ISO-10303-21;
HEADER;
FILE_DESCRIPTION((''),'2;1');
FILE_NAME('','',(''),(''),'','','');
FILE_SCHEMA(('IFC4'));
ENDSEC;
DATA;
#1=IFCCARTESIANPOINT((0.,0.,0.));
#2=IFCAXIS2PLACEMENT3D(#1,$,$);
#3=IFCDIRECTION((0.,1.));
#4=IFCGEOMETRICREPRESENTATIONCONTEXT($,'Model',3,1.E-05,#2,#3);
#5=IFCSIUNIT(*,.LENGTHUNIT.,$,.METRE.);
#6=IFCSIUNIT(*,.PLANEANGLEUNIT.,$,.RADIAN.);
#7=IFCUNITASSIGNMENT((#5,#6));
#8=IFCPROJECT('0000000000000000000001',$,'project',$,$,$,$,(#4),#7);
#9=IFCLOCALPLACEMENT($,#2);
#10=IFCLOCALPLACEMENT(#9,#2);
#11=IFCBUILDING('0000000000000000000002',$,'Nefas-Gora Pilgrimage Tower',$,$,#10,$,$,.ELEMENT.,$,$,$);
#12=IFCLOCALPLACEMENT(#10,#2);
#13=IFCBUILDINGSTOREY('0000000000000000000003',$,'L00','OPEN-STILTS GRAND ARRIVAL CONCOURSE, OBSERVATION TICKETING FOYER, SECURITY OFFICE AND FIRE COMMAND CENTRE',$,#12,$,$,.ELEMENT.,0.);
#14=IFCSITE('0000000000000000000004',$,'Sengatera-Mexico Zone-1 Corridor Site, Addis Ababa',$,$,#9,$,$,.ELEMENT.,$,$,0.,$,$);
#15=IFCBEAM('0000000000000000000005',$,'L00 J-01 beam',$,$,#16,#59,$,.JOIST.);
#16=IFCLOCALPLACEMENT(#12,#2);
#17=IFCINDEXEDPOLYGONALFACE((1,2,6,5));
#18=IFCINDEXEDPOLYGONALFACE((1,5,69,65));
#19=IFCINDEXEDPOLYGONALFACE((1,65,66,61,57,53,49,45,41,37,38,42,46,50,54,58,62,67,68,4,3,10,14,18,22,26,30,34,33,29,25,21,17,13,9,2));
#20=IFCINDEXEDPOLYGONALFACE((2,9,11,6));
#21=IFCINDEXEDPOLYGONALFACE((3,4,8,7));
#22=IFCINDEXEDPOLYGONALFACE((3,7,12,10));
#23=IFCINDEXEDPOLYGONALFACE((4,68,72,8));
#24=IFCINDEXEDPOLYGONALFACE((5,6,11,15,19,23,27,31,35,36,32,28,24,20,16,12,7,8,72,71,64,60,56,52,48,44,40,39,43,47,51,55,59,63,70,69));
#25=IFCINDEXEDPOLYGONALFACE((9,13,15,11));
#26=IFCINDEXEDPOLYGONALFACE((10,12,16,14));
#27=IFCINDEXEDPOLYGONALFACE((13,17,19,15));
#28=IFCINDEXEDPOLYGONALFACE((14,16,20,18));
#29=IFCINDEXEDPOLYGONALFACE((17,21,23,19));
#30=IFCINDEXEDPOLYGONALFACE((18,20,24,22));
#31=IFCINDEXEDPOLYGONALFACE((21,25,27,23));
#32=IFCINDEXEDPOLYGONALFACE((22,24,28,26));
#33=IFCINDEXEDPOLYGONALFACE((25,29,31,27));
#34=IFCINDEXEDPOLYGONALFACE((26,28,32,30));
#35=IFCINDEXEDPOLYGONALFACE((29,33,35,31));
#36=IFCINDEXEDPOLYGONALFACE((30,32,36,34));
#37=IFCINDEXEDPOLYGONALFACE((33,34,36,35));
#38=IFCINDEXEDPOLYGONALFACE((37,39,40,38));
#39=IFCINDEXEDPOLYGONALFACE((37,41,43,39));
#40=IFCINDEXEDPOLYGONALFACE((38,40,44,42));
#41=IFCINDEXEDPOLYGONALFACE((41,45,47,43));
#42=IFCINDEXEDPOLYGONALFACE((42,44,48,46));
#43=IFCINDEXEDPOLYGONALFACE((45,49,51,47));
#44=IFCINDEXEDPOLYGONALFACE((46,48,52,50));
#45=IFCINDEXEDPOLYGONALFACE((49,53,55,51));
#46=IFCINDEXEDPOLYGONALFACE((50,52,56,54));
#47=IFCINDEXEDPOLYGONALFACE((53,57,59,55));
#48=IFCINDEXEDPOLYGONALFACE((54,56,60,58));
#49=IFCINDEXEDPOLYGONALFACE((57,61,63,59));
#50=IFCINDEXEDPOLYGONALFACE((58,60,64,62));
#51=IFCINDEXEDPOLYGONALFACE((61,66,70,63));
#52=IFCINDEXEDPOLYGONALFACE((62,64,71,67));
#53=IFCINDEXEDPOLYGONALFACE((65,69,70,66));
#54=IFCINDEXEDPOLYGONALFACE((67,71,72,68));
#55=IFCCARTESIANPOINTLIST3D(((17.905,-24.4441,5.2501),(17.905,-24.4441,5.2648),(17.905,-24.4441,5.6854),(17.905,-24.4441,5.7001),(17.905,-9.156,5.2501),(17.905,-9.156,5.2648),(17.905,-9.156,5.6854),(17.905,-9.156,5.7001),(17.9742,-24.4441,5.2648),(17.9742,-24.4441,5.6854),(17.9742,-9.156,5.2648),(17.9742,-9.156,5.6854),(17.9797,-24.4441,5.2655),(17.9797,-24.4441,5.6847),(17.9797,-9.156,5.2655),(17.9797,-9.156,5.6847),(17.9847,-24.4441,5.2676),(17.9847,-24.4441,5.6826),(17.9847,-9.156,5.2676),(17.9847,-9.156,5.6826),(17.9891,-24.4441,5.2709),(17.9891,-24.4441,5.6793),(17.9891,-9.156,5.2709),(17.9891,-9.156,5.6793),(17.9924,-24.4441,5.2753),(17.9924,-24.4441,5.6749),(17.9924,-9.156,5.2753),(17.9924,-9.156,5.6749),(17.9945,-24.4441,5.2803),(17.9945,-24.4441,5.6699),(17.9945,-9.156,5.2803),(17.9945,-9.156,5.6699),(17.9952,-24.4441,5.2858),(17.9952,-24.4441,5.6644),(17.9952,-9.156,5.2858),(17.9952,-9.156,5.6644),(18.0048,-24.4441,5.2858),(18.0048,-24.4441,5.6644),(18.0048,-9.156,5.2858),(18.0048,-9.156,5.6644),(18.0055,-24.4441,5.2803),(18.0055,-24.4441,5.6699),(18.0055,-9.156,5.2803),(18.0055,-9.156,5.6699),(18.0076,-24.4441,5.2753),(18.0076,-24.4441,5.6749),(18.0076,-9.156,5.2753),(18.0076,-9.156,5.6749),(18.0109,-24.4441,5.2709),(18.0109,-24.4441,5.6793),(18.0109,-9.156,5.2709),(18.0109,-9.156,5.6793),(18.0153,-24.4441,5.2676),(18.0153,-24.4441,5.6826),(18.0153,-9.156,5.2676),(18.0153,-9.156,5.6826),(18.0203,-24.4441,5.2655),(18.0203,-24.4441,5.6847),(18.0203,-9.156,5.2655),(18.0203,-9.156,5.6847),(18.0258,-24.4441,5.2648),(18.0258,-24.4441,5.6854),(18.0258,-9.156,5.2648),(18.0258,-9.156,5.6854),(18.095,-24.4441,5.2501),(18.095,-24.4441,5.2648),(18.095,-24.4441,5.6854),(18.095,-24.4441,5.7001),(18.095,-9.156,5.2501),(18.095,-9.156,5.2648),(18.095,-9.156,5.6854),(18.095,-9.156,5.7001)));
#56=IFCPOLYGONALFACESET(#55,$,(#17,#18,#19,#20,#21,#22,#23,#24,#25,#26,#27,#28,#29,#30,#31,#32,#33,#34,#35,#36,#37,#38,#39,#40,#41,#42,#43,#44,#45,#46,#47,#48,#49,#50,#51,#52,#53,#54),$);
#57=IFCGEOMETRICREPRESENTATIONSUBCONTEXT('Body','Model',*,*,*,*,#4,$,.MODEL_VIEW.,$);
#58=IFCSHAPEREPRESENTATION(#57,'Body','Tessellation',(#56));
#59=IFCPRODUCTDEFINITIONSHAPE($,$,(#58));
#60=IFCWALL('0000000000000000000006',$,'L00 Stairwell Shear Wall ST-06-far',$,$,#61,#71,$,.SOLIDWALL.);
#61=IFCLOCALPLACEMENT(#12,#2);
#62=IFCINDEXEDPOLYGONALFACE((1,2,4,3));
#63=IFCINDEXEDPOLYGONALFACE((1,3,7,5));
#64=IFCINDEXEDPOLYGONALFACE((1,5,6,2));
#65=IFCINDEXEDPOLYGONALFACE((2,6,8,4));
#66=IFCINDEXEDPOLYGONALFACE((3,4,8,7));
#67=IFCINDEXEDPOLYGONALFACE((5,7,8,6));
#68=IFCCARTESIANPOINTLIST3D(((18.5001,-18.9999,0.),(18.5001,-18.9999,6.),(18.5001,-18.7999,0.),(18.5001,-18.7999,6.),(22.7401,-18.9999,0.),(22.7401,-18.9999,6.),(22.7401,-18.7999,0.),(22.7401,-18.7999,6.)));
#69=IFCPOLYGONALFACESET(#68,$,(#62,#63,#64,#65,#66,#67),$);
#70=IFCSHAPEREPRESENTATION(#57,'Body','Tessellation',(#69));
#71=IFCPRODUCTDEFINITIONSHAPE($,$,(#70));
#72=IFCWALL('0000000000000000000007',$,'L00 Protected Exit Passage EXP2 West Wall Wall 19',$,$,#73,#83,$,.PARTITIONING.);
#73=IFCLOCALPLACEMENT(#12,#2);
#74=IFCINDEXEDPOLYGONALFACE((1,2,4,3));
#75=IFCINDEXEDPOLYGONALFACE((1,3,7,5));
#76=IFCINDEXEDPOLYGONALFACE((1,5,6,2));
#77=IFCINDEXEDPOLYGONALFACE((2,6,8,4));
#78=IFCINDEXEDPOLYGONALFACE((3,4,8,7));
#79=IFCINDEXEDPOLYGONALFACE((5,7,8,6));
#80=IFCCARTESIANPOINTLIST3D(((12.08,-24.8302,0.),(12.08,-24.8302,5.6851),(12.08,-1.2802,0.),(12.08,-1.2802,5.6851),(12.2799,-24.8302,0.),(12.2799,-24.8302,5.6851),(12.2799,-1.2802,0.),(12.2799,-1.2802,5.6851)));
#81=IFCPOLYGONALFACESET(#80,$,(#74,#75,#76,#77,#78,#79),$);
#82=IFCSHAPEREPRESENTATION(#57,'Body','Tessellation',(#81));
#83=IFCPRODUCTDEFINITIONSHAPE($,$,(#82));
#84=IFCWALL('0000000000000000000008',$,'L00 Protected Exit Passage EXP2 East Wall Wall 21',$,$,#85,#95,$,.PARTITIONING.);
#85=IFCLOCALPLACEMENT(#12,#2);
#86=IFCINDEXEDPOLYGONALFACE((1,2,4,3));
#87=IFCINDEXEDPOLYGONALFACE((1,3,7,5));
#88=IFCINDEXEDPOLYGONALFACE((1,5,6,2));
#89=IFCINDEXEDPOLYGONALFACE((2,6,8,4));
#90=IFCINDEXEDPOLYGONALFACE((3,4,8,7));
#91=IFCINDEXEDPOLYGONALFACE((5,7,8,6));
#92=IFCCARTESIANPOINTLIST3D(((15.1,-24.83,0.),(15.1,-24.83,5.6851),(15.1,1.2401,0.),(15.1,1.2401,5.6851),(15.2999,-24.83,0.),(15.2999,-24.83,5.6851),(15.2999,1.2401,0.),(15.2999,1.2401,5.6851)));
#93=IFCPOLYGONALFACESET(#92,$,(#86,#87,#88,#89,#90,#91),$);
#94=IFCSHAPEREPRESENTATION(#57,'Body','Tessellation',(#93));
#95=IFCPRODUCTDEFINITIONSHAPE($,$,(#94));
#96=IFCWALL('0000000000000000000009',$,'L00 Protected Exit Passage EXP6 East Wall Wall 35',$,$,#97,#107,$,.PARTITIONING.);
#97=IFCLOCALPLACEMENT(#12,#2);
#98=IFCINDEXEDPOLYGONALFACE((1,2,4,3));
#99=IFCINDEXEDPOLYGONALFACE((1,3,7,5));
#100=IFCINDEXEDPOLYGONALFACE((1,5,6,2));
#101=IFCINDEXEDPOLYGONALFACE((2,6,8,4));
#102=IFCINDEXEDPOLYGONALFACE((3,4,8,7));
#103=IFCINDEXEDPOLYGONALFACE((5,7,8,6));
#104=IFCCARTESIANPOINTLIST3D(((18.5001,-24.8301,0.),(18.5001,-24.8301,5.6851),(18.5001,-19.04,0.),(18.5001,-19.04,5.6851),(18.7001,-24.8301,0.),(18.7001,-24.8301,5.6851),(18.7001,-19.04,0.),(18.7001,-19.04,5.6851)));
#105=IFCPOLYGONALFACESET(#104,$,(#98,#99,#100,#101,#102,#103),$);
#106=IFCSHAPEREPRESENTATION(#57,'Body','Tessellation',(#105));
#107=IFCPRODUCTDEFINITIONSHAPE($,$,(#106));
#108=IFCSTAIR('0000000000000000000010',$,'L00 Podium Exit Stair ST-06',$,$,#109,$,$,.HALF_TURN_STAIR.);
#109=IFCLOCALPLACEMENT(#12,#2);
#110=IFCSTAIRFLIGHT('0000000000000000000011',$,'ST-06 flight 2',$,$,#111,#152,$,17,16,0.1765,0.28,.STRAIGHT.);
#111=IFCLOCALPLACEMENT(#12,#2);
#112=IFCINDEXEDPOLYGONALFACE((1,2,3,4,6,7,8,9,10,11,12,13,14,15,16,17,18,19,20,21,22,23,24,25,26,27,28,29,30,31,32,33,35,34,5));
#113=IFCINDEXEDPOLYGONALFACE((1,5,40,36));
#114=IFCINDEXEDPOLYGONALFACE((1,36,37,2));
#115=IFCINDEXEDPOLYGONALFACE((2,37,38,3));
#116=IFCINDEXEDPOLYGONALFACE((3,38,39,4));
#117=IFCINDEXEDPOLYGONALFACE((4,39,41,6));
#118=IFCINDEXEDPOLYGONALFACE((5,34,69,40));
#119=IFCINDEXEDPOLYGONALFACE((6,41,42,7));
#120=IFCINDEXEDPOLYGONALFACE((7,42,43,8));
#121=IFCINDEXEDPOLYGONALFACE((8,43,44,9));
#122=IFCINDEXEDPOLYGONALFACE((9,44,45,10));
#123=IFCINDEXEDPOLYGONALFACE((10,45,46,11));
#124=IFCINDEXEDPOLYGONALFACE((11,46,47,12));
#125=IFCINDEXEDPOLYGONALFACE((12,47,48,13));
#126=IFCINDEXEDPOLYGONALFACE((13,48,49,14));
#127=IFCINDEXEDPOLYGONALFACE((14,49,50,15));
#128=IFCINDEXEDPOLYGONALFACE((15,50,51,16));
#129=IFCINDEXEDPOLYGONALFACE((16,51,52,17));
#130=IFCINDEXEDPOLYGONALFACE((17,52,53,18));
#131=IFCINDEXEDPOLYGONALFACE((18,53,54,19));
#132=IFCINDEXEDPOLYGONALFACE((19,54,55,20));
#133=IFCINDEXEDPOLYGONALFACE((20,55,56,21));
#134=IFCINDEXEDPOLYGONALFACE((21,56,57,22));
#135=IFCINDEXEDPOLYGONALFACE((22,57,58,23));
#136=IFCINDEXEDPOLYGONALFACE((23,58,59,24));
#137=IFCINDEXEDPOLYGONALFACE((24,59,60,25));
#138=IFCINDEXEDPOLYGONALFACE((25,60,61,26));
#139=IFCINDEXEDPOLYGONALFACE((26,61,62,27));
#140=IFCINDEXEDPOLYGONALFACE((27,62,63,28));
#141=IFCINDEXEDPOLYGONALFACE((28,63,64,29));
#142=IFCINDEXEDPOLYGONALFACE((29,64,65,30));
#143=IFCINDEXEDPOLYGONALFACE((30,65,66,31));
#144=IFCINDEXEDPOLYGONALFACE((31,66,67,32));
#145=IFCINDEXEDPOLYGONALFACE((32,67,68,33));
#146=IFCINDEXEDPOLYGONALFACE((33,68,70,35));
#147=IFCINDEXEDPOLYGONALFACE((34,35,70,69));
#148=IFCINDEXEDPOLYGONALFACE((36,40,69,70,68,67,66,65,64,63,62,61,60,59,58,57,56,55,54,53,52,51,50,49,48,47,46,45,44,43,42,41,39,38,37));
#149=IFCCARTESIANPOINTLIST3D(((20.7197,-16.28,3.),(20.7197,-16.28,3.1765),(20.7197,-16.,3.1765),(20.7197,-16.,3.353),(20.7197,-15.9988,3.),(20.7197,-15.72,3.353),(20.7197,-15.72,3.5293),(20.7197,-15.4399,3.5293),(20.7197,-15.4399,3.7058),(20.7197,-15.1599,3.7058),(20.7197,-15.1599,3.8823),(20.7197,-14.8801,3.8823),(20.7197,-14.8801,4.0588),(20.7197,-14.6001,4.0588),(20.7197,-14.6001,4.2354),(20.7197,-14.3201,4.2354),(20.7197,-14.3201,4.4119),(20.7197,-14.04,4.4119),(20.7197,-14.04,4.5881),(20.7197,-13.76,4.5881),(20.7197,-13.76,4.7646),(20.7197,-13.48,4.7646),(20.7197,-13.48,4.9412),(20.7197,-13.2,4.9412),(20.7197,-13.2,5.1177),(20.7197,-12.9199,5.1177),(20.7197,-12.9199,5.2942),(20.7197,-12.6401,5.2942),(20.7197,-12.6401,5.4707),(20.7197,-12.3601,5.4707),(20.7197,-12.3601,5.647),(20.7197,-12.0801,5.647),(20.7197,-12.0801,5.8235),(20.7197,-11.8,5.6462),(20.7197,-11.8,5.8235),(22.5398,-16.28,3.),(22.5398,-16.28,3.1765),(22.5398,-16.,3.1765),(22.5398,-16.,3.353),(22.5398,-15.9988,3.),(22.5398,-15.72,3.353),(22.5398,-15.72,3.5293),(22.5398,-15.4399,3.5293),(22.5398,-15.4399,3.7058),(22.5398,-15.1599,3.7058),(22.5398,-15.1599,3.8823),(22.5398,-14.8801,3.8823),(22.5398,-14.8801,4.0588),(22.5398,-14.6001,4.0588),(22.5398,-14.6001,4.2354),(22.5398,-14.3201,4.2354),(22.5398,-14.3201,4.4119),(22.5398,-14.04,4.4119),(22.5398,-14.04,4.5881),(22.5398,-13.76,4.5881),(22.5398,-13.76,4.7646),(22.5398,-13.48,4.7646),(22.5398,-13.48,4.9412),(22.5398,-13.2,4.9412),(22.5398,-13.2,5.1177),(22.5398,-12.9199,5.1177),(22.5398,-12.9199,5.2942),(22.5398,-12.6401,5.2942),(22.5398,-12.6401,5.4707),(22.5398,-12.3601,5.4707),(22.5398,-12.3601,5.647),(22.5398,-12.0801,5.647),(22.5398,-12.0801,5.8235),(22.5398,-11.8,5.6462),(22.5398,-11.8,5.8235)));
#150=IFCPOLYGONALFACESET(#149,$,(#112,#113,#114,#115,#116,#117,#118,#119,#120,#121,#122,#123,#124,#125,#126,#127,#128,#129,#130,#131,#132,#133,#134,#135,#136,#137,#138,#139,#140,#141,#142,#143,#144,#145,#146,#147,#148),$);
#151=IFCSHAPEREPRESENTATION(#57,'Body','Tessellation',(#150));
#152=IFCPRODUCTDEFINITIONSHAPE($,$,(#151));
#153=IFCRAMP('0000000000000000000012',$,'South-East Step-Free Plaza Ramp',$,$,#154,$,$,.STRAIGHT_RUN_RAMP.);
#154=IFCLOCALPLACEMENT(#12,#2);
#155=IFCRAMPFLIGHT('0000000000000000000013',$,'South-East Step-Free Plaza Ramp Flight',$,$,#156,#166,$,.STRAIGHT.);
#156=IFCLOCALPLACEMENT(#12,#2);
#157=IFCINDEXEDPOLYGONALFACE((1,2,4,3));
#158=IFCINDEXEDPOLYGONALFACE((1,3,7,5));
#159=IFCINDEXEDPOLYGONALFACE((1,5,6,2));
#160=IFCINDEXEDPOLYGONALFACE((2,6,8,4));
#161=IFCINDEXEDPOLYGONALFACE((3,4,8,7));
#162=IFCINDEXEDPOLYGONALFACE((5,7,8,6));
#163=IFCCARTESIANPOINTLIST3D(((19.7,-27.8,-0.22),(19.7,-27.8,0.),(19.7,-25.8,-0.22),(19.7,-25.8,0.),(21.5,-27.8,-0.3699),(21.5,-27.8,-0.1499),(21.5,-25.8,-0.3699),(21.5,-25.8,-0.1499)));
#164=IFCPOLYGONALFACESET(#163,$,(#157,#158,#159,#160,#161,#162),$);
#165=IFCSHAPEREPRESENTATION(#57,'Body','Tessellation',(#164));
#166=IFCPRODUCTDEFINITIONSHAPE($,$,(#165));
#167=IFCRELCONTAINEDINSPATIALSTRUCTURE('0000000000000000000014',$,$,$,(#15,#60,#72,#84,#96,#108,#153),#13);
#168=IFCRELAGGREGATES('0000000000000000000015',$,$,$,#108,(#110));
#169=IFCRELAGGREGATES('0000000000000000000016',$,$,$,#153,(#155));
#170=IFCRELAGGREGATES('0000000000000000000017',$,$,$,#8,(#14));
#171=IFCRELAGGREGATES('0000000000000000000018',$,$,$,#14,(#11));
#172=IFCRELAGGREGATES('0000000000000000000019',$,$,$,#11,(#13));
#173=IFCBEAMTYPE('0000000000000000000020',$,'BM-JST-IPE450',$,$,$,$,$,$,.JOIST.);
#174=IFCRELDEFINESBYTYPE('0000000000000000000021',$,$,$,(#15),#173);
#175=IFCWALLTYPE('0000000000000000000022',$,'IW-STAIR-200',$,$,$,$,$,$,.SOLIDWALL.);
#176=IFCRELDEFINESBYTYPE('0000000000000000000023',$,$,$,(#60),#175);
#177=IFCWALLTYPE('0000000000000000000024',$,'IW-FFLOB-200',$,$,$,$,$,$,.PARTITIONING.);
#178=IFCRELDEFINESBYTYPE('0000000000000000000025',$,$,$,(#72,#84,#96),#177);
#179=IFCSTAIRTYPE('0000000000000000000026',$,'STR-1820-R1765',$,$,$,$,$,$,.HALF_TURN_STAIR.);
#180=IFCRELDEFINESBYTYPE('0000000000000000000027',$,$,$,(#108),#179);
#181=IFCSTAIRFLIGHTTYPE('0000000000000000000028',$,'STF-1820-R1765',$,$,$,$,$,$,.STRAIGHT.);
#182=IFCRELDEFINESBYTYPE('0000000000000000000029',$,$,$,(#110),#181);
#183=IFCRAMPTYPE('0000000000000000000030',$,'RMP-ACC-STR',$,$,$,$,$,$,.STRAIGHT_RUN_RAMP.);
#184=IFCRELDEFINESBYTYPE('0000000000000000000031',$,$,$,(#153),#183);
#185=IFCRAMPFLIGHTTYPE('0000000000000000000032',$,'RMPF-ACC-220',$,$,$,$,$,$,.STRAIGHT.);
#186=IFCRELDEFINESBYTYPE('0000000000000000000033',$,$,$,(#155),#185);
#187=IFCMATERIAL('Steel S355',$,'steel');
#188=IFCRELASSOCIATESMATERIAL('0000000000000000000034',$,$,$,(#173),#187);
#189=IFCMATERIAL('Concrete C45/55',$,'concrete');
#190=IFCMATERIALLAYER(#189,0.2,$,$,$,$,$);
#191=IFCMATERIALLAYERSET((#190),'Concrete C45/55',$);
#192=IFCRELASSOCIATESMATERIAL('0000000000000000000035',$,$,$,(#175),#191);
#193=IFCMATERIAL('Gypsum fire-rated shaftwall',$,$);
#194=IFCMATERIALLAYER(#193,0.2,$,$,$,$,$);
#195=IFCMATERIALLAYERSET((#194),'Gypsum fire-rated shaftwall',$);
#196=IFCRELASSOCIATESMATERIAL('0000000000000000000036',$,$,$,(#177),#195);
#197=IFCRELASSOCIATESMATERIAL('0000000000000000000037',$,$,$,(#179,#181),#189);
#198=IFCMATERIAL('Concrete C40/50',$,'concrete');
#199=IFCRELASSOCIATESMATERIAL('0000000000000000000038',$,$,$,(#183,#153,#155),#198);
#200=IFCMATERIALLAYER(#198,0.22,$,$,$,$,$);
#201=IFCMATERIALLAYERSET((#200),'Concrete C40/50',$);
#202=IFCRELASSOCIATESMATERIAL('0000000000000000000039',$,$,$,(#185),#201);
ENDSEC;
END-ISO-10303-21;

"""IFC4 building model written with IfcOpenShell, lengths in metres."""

from ifc_helpers import new_model, si_unit, direction, frame, frame_2d, origin, origin_2d, place, context, subcontext, project, spatial, polyline, rectangle, i_section, outline, extrude, source, transform, mapped, material, layer, layer_set, material_profile, profile_set, type_object, element, aggregate, save


model = new_model("IFC4")

# Units and contexts
model_context = context("Model", 3, precision=1e-05, world=origin(), true_north=direction((0.0, 1.0)))
body_context = subcontext(model_context, "Body", "Model", "MODEL_VIEW")
ifc_project = project(units=[si_unit("LENGTHUNIT", "METRE"), si_unit("PLANEANGLEUNIT", "RADIAN")], contexts=[model_context])

# Site, building, storey
site_placement = place(None, origin())
site = spatial("IfcSite", under=ifc_project, at=site_placement, Name="Sengatera-Mexico Zone-1 Corridor Site, Addis Ababa", CompositionType="ELEMENT", RefElevation=0.0)
building_placement = place(site_placement, origin())
building = spatial("IfcBuilding", under=site, at=building_placement, Name="Nefas-Gora Pilgrimage Tower", CompositionType="ELEMENT")
storey_placement = place(building_placement, origin())
storey = spatial("IfcBuildingStorey", under=building, at=storey_placement, Name="L00", Description="OPEN-STILTS GRAND ARRIVAL CONCOURSE, OBSERVATION TICKETING FOYER, SECURITY OFFICE AND FIRE COMMAND CENTRE", CompositionType="ELEMENT", Elevation=0.0)

# Shared definitions
ifc_material_1 = material(Name="Concrete C45/55", Category="concrete")

# Shared definitions
ifc_material_2 = material(Name="Steel S355", Category="steel")

# Beam
ifc_material_profile_1 = material_profile(ifc_material_2, i_section(OverallWidth=0.1899, OverallDepth=0.45, WebThickness=0.0095, FlangeThickness=0.0146, FilletRadius=0.021, at=origin_2d()), Name="IPE 450")
ifc_profile_set_1 = profile_set([ifc_material_profile_1], Name="Steel S355")
beam_type_1 = type_object("IfcBeamType", Name="BM-JST-IPE450", PredefinedType="JOIST", material=ifc_profile_set_1)
shared_shape_1 = source(origin(), body_context, "Body", "SweptSolid", [
    extrude(i_section(OverallWidth=0.1899, OverallDepth=0.45, WebThickness=0.0095, FlangeThickness=0.0146, FilletRadius=0.021, at=origin_2d()), origin(), (0.0, 0.0, 1.0), 15.2881),
])
beam_1_placement = place(storey_placement, frame((18.0, -24.4441, 5.4751), z_axis=(0.0, 1.0, 0.0), x_axis=(-1.0, 0.0, 0.0)))
element("IfcBeam", 1, at=beam_1_placement, inside=storey, type_object=beam_type_1, Name="L00 J-01 beam", PredefinedType="JOIST", context=body_context, shape_type="MappedRepresentation", body=[
    mapped(shared_shape_1, transform((0.0, 0.0, 0.0), x_axis=(1.0, 0.0, 0.0), y_axis=(0.0, 1.0, 0.0), z_axis=(0.0, 0.0, 1.0), scale=1.0)),
])

# Walls
ifc_layer_1 = layer(ifc_material_1, 0.2)
ifc_layer_set_1 = layer_set([ifc_layer_1], Name="Concrete C45/55")
wall_type_1 = type_object("IfcWallType", Name="IW-STAIR-200", PredefinedType="SOLIDWALL", material=ifc_layer_set_1)
shared_shape_2 = source(origin(), body_context, "Body", "SweptSolid", [
    extrude(rectangle(XDim=4.24, YDim=0.2, at=frame_2d((2.1201, 0.0))), origin(), (0.0, 0.0, 1.0), 6.0),
])
wall_1_placement = place(storey_placement, frame((18.5, -18.8999, 0.0), z_axis=(0.0, 0.0, 1.0), x_axis=(1.0, 0.0, 0.0)))
element("IfcWall", 2, at=wall_1_placement, inside=storey, type_object=wall_type_1, Name="L00 Stairwell Shear Wall ST-06-far", PredefinedType="SOLIDWALL", context=body_context, shape_type="MappedRepresentation", body=[
    mapped(shared_shape_2, transform((0.0, 0.0, 0.0), x_axis=(1.0, 0.0, 0.0), y_axis=(0.0, 1.0, 0.0), z_axis=(0.0, 0.0, 1.0), scale=1.0)),
])
ifc_material_3 = material(Name="Gypsum fire-rated shaftwall")
ifc_layer_2 = layer(ifc_material_3, 0.2)
ifc_layer_set_2 = layer_set([ifc_layer_2], Name="Gypsum fire-rated shaftwall")
wall_type_2 = type_object("IfcWallType", Name="IW-FFLOB-200", PredefinedType="PARTITIONING", material=ifc_layer_set_2)
shared_shape_3 = source(origin(), body_context, "Body", "SweptSolid", [
    extrude(rectangle(XDim=23.55, YDim=0.2, at=frame_2d((11.7749, 0.0))), origin(), (0.0, 0.0, 1.0), 5.6851),
])
wall_2_placement = place(storey_placement, frame((12.1799, -24.8301, 0.0), z_axis=(0.0, 0.0, 1.0), x_axis=(0.0, 1.0, 0.0)))
element("IfcWall", 3, at=wall_2_placement, inside=storey, type_object=wall_type_2, Name="L00 Protected Exit Passage EXP2 West Wall Wall 19", PredefinedType="PARTITIONING", context=body_context, shape_type="MappedRepresentation", body=[
    mapped(shared_shape_3, transform((0.0, 0.0, 0.0), x_axis=(1.0, 0.0, 0.0), y_axis=(0.0, 1.0, 0.0), z_axis=(0.0, 0.0, 1.0), scale=1.0)),
])
shared_shape_4 = source(origin(), body_context, "Body", "SweptSolid", [
    extrude(rectangle(XDim=26.0701, YDim=0.2, at=frame_2d((13.0352, 0.0))), origin(), (0.0, 0.0, 1.0), 5.6851),
])
wall_3_placement = place(storey_placement, frame((15.2, -24.8301, 0.0), z_axis=(0.0, 0.0, 1.0), x_axis=(0.0, 1.0, 0.0)))
element("IfcWall", 4, at=wall_3_placement, inside=storey, type_object=wall_type_2, Name="L00 Protected Exit Passage EXP2 East Wall Wall 21", PredefinedType="PARTITIONING", context=body_context, shape_type="MappedRepresentation", body=[
    mapped(shared_shape_4, transform((0.0, 0.0, 0.0), x_axis=(1.0, 0.0, 0.0), y_axis=(0.0, 1.0, 0.0), z_axis=(0.0, 0.0, 1.0), scale=1.0)),
])
shared_shape_5 = source(origin(), body_context, "Body", "SweptSolid", [
    extrude(rectangle(XDim=5.79, YDim=0.2, at=frame_2d((2.895, 0.0))), origin(), (0.0, 0.0, 1.0), 5.6851),
])
wall_4_placement = place(storey_placement, frame((18.6001, -24.8301, 0.0), z_axis=(0.0, 0.0, 1.0), x_axis=(0.0, 1.0, 0.0)))
element("IfcWall", 5, at=wall_4_placement, inside=storey, type_object=wall_type_2, Name="L00 Protected Exit Passage EXP6 East Wall Wall 35", PredefinedType="PARTITIONING", context=body_context, shape_type="MappedRepresentation", body=[
    mapped(shared_shape_5, transform((0.0, 0.0, 0.0), x_axis=(1.0, 0.0, 0.0), y_axis=(0.0, 1.0, 0.0), z_axis=(0.0, 0.0, 1.0), scale=1.0)),
])

# Stair, stair flight
stair_type = type_object("IfcStairType", Name="STR-1820-R1765", PredefinedType="HALF_TURN_STAIR", material=ifc_material_1)
stair_placement = place(storey_placement, origin())
stair = element("IfcStair", 6, at=stair_placement, inside=storey, type_object=stair_type, Name="L00 Podium Exit Stair ST-06", PredefinedType="HALF_TURN_STAIR")
stair_flight_type = type_object("IfcStairFlightType", Name="STF-1820-R1765", PredefinedType="STRAIGHT", material=ifc_material_1)
shared_shape_6 = source(origin(), body_context, "Body", "SweptSolid", [
    extrude(outline(polyline([(0.0, 0.0), (0.0, 0.1765), (0.28, 0.1765), (0.28, 0.353), (0.5601, 0.353), (0.5601, 0.5293), (0.8401, 0.5293), (0.8401, 0.7058), (1.1201, 0.7058), (1.1201, 0.8823), (1.3999, 0.8823), (1.3999, 1.0588), (1.6799, 1.0588), (1.6799, 1.2354), (1.96, 1.2354), (1.96, 1.4119), (2.24, 1.4119), (2.24, 1.5881), (2.52, 1.5881), (2.52, 1.7646), (2.8, 1.7646), (2.8, 1.9412), (3.0801, 1.9412), (3.0801, 2.1177), (3.3601, 2.1177), (3.3601, 2.2942), (3.6399, 2.2942), (3.6399, 2.4707), (3.9199, 2.4707), (3.9199, 2.647), (4.2, 2.647), (4.2, 2.8235), (4.48, 2.8235), (4.48, 3.0), (4.48, 2.6462), (0.2812, 0.0), (0.0, 0.0)])), frame((0.0, 0.9102, 0.0), z_axis=(0.0, -1.0, 0.0), x_axis=(1.0, 0.0, 0.0)), (0.0, 0.0, 1.0), 1.8201),
])
stair_flight_placement = place(storey_placement, frame((21.6299, -16.28, 3.0), z_axis=(0.0, 0.0, 1.0), x_axis=(0.0, 1.0, 0.0)))
stair_flight = element("IfcStairFlight", 7, at=stair_flight_placement, type_object=stair_flight_type, Name="ST-06 flight 2", NumberOfRisers=17, NumberOfTreads=16, PredefinedType="STRAIGHT", RiserHeight=0.1765, TreadLength=0.28, context=body_context, shape_type="MappedRepresentation", body=[
    mapped(shared_shape_6, transform((0.0, 0.0, 0.0), x_axis=(1.0, 0.0, 0.0), y_axis=(0.0, 1.0, 0.0), z_axis=(0.0, 0.0, 1.0), scale=1.0)),
])
aggregate(stair, [stair_flight])

# Ramp, ramp flight
ifc_material_4 = material(Name="Concrete C40/50", Category="concrete")
ramp_type = type_object("IfcRampType", Name="RMP-ACC-STR", PredefinedType="STRAIGHT_RUN_RAMP", material=ifc_material_4)
ramp_placement = place(storey_placement, origin())
ramp = element("IfcRamp", 8, at=ramp_placement, inside=storey, type_object=ramp_type, material=ifc_material_4, Name="South-East Step-Free Plaza Ramp", PredefinedType="STRAIGHT_RUN_RAMP")
ifc_layer_3 = layer(ifc_material_4, 0.22)
ifc_layer_set_3 = layer_set([ifc_layer_3], Name="Concrete C40/50")
ramp_flight_type = type_object("IfcRampFlightType", Name="RMPF-ACC-220", PredefinedType="STRAIGHT", material=ifc_layer_set_3)
ramp_flight_placement = place(storey_placement, frame((21.5, -26.8, -0.1499), z_axis=(0.0, 0.0, 1.0), x_axis=(-1.0, 0.0, 0.0)))
ramp_flight = element("IfcRampFlight", 9, at=ramp_flight_placement, type_object=ramp_flight_type, material=ifc_material_4, Name="South-East Step-Free Plaza Ramp Flight", PredefinedType="STRAIGHT", context=body_context, shape_type="SweptSolid", body=[
    extrude(outline(polyline([(0.0, 0.0), (1.8, 0.1499), (1.8, -0.0701), (0.0, -0.22), (0.0, 0.0)])), frame((0.0, 1.0, 0.0), z_axis=(0.0, -1.0, 0.0), x_axis=(1.0, 0.0, 0.0)), (0.0, 0.0, 1.0), 2.0),
])
aggregate(ramp, [ramp_flight])

save(model, "model.ifc")
